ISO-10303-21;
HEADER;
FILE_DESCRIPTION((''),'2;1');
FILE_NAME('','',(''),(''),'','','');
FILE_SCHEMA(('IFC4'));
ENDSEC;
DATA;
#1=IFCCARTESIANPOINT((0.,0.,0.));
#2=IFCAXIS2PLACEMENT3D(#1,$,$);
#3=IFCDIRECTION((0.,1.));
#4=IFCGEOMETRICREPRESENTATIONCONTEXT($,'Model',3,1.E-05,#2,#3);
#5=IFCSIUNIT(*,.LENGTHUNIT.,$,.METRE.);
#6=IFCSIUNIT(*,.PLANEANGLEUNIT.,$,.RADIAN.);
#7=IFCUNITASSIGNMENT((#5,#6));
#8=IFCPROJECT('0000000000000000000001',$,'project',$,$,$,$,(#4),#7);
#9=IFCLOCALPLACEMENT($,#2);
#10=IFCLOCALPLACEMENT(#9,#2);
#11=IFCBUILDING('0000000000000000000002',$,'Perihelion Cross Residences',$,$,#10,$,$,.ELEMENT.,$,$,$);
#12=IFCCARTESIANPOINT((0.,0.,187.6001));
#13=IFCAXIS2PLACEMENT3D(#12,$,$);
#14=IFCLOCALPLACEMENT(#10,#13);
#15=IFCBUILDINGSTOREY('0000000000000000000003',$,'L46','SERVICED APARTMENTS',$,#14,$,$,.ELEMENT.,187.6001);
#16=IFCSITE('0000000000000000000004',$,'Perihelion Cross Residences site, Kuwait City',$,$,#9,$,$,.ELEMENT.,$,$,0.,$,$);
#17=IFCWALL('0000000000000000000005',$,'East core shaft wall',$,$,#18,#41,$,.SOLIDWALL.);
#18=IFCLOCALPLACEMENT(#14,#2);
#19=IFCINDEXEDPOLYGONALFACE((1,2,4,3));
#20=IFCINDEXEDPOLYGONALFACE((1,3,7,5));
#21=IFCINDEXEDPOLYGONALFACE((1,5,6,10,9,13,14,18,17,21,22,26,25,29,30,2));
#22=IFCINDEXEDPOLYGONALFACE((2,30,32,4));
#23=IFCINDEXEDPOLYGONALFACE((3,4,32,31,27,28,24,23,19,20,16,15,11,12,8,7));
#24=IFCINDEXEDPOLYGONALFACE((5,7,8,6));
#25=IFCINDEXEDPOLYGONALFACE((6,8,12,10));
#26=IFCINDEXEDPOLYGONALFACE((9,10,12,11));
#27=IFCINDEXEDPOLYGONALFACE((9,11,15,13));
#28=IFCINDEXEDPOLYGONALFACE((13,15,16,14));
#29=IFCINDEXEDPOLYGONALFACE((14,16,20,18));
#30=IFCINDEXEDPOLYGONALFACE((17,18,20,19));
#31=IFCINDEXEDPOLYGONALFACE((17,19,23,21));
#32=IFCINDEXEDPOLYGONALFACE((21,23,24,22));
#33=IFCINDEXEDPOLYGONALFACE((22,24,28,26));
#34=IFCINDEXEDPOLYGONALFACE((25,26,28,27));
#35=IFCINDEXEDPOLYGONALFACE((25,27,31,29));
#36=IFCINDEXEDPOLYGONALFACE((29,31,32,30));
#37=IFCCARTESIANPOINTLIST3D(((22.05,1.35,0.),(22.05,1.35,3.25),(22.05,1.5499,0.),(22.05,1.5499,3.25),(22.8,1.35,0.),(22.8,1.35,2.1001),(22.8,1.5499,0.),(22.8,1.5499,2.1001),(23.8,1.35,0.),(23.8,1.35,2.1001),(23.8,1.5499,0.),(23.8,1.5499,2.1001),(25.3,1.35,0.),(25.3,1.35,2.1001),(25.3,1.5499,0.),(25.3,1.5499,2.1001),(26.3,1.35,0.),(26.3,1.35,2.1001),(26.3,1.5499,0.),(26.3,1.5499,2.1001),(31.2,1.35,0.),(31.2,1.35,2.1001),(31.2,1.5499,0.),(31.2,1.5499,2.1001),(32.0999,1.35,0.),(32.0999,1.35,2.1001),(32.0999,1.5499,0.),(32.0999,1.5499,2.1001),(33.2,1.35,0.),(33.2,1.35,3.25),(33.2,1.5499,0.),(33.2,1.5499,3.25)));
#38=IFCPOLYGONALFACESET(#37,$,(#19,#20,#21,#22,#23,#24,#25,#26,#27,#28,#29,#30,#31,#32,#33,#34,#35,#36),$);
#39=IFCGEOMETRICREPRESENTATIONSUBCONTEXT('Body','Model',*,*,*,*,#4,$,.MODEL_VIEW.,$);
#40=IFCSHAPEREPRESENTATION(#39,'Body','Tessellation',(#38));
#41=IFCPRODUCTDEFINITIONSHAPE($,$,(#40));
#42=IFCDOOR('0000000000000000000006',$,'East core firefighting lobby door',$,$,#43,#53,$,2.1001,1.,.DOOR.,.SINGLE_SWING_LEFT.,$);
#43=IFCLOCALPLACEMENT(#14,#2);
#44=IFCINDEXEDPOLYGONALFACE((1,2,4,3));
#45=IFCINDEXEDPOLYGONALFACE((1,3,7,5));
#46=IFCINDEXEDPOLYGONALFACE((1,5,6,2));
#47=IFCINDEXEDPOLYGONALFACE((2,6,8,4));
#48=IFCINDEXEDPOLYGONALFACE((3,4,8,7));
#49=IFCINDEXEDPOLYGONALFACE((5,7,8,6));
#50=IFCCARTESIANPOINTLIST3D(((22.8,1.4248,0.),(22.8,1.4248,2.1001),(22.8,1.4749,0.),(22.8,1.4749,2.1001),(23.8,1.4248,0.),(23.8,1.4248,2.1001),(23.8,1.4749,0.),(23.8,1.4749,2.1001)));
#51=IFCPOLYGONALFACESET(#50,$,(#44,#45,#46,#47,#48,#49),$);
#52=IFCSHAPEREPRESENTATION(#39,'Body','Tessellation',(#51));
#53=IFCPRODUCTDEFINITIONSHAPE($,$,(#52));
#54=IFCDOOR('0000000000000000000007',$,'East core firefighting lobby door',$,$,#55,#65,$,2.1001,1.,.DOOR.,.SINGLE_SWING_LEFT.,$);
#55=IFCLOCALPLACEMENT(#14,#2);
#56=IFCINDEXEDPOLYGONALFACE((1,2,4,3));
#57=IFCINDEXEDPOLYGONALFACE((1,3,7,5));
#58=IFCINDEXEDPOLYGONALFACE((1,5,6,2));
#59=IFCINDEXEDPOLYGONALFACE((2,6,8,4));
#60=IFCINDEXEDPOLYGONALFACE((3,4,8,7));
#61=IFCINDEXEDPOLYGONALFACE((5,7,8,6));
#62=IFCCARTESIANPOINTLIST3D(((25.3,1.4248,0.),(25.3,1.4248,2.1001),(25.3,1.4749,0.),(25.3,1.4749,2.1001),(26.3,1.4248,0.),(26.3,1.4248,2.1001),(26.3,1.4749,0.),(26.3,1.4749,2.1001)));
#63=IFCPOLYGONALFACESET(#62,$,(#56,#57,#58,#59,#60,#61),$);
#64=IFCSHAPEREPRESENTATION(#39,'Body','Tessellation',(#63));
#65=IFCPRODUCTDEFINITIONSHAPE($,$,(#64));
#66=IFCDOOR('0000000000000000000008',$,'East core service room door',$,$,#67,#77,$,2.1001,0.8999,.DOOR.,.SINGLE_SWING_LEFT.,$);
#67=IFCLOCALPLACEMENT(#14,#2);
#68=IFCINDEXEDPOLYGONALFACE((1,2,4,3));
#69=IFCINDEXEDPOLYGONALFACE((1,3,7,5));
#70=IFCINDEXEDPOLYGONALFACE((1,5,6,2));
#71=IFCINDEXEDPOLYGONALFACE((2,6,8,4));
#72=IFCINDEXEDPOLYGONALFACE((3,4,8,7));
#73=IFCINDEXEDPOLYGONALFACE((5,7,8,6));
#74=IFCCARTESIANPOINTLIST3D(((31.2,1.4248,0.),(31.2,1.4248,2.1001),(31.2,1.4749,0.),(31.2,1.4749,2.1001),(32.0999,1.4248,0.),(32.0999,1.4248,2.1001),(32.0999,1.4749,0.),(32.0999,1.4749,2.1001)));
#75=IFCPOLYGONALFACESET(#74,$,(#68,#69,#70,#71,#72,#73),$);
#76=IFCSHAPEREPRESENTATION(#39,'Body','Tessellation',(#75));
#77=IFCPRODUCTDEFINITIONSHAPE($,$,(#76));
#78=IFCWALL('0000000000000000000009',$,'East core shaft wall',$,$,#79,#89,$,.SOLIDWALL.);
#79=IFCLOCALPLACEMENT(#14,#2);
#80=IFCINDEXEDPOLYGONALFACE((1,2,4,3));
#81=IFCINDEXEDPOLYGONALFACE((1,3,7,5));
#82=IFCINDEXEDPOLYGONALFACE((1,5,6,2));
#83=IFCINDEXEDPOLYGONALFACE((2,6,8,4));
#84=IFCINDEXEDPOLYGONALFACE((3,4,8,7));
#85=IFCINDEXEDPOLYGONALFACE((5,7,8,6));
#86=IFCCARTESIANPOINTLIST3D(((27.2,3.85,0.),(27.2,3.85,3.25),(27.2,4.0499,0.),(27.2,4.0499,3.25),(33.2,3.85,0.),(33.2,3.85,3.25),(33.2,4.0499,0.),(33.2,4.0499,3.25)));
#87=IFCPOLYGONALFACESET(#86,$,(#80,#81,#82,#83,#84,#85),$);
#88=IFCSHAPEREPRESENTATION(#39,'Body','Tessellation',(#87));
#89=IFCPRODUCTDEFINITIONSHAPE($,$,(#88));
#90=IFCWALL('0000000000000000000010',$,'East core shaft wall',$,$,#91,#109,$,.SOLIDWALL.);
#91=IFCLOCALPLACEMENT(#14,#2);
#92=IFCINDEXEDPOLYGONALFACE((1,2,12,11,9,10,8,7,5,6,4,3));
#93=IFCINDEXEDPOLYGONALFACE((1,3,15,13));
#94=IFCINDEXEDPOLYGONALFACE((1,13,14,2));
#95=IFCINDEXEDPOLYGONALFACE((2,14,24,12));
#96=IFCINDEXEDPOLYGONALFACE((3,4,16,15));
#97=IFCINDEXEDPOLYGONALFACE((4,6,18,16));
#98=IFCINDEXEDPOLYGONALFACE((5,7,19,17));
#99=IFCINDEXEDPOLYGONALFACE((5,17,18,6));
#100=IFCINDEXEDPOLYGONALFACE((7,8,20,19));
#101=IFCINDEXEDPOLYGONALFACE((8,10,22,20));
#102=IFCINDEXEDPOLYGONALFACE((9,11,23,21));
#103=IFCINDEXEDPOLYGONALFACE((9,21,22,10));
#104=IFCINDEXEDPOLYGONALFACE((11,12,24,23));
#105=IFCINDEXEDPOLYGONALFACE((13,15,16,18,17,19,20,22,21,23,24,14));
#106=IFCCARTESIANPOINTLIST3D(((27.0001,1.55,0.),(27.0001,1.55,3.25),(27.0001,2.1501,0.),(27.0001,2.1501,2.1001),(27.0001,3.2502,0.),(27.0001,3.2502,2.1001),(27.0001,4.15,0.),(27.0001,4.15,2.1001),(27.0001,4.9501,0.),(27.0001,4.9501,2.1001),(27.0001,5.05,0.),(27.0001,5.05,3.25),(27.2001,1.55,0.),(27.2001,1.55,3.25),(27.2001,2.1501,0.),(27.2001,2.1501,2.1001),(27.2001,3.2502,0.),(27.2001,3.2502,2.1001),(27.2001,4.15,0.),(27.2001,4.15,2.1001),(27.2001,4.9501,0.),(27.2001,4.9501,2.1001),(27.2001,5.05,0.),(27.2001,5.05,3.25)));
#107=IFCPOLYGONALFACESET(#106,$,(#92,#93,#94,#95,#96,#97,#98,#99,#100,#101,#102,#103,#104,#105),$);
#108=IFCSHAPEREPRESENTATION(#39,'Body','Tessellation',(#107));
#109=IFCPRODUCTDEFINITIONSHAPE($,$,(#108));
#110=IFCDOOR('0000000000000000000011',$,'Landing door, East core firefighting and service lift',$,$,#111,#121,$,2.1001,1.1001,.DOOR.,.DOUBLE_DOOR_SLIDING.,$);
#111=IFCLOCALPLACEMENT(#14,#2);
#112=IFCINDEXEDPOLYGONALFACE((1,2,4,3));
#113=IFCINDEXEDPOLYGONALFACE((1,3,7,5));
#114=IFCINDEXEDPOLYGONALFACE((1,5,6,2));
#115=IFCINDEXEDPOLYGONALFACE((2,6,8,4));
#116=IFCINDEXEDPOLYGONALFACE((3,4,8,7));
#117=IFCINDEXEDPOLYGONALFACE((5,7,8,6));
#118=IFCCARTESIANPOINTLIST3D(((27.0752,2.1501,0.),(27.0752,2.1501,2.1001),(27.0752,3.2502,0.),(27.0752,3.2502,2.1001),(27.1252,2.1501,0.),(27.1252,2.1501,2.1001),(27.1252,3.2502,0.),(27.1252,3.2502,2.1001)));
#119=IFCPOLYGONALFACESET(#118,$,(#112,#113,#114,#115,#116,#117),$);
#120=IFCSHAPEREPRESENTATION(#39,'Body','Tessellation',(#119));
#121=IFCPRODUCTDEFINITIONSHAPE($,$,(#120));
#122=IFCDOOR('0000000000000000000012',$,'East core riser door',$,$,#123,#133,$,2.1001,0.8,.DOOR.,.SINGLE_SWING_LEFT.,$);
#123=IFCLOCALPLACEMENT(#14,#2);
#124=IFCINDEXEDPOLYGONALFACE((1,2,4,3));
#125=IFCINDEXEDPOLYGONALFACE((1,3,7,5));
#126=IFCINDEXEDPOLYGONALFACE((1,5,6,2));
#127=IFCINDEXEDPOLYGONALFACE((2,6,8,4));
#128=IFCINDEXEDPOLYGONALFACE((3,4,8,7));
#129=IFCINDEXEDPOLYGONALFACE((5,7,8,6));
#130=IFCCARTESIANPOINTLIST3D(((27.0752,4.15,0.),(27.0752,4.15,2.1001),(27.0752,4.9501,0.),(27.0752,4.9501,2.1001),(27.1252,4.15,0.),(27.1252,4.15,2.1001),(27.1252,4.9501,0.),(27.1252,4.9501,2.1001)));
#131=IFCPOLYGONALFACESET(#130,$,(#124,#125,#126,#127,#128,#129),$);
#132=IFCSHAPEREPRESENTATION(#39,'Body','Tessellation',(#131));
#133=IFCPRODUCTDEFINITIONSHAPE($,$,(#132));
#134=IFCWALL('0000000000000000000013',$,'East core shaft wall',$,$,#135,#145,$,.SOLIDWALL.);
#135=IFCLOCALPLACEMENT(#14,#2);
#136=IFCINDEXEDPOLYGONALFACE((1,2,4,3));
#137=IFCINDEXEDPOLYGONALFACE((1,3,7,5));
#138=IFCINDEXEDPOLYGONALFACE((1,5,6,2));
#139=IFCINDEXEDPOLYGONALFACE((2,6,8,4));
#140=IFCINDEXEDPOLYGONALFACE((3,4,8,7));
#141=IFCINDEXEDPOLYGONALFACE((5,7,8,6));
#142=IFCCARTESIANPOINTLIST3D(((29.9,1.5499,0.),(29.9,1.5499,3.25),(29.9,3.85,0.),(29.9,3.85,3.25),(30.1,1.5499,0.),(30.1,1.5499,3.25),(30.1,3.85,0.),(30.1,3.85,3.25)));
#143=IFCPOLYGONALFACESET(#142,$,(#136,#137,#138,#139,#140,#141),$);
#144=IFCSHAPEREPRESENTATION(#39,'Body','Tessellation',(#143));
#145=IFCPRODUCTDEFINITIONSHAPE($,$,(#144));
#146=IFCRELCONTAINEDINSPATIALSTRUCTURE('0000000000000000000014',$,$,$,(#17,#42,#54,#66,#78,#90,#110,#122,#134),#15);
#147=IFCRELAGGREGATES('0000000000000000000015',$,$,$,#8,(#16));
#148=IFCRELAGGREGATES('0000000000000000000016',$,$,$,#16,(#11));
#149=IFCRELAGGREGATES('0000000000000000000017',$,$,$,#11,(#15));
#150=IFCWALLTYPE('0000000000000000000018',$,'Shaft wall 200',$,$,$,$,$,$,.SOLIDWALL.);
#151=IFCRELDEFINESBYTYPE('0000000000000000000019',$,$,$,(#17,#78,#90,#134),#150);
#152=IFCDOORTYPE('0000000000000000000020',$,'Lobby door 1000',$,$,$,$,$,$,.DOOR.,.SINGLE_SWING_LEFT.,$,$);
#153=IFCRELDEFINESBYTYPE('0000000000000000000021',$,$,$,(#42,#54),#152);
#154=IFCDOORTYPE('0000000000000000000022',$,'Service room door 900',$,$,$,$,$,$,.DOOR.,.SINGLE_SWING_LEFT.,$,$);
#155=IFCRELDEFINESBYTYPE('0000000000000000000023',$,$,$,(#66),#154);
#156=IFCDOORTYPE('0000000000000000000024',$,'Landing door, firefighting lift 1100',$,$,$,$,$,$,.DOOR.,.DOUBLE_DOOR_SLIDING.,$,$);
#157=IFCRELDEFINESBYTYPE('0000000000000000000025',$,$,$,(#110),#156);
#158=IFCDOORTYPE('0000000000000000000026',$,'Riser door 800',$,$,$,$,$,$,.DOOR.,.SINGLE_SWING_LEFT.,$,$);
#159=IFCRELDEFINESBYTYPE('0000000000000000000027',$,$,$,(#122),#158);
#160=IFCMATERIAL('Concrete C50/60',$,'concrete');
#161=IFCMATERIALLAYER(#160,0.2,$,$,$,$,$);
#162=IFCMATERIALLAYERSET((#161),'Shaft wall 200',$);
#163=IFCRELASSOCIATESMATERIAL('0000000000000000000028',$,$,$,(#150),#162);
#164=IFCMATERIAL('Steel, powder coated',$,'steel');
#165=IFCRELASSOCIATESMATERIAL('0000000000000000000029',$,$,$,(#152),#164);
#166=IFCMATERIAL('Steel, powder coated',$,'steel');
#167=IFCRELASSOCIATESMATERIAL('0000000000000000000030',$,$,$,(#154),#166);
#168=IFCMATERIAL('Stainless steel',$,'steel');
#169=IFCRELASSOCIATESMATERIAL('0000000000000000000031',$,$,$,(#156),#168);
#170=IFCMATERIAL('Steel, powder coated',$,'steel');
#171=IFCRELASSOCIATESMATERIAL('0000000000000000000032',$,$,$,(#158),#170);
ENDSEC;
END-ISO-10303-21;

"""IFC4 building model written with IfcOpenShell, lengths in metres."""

from ifc_helpers import new_model, si_unit, direction, frame, frame_2d, origin, place, context, subcontext, project, spatial, rectangle, extrude, material, layer, layer_set, type_object, element, fill, save


model = new_model("IFC4")

# Units and contexts
model_context = context("Model", 3, precision=1e-05, world=origin(), true_north=direction((0.0, 1.0)))
body_context = subcontext(model_context, "Body", "Model", "MODEL_VIEW")
ifc_project = project(units=[si_unit("LENGTHUNIT", "METRE"), si_unit("PLANEANGLEUNIT", "RADIAN")], contexts=[model_context])

# Site, building, storey
site_placement = place(None, origin())
site = spatial("IfcSite", under=ifc_project, at=site_placement, Name="Perihelion Cross Residences site, Kuwait City", CompositionType="ELEMENT", RefElevation=0.0)
building_placement = place(site_placement, origin())
building = spatial("IfcBuilding", under=site, at=building_placement, Name="Perihelion Cross Residences", CompositionType="ELEMENT")
storey_placement = place(building_placement, frame((0.0, 0.0, 187.6001)))
storey = spatial("IfcBuildingStorey", under=building, at=storey_placement, Name="L46", Description="SERVICED APARTMENTS", CompositionType="ELEMENT", Elevation=187.6001)

# Wall, openings, doors
ifc_material_1 = material(Name="Concrete C50/60", Category="concrete")
ifc_layer_1 = layer(ifc_material_1, 0.2)
ifc_layer_set_1 = layer_set([ifc_layer_1], Name="Shaft wall 200")
wall_type_1 = type_object("IfcWallType", Name="Shaft wall 200", PredefinedType="SOLIDWALL", material=ifc_layer_set_1)
wall_1_placement = place(storey_placement, frame((22.05, 1.45, 0.0), z_axis=(0.0, 0.0, 1.0), x_axis=(1.0, 0.0, 0.0)))
wall_1 = element("IfcWall", 1, at=wall_1_placement, inside=storey, type_object=wall_type_1, Name="East core shaft wall", PredefinedType="SOLIDWALL", context=body_context, shape_type="SweptSolid", body=[
    extrude(rectangle(XDim=11.1499, YDim=0.2, at=frame_2d((5.575, 0.0))), origin(), (0.0, 0.0, 1.0), 3.25),
])
opening_1_placement = place(wall_1_placement, frame((0.75, 0.0, 0.0)))
opening_1 = element("IfcOpeningElement", 2, at=opening_1_placement, cuts=wall_1, PredefinedType="OPENING", context=body_context, shape_type="SweptSolid", body=[
    extrude(rectangle(XDim=1.0, YDim=2.1001, at=frame_2d((0.5, 1.05))), frame((0.0, 0.1099, 0.0), z_axis=(0.0, -1.0, 0.0), x_axis=(1.0, 0.0, 0.0)), (0.0, 0.0, 1.0), 0.22),
])
opening_2_placement = place(wall_1_placement, frame((3.25, 0.0, 0.0)))
opening_2 = element("IfcOpeningElement", 3, at=opening_2_placement, cuts=wall_1, PredefinedType="OPENING", context=body_context, shape_type="SweptSolid", body=[
    extrude(rectangle(XDim=1.0, YDim=2.1001, at=frame_2d((0.5, 1.05))), frame((0.0, 0.1099, 0.0), z_axis=(0.0, -1.0, 0.0), x_axis=(1.0, 0.0, 0.0)), (0.0, 0.0, 1.0), 0.22),
])
opening_3_placement = place(wall_1_placement, frame((9.1499, 0.0, 0.0)))
opening_3 = element("IfcOpeningElement", 4, at=opening_3_placement, cuts=wall_1, PredefinedType="OPENING", context=body_context, shape_type="SweptSolid", body=[
    extrude(rectangle(XDim=0.8999, YDim=2.1001, at=frame_2d((0.45, 1.05))), frame((0.0, 0.1099, 0.0), z_axis=(0.0, -1.0, 0.0), x_axis=(1.0, 0.0, 0.0)), (0.0, 0.0, 1.0), 0.22),
])
ifc_material_2 = material(Name="Steel, powder coated", Category="steel")
door_type_1 = type_object("IfcDoorType", Name="Lobby door 1000", OperationType="SINGLE_SWING_LEFT", PredefinedType="DOOR", material=ifc_material_2)
door_1_placement = place(opening_1_placement, origin())
door_1 = element("IfcDoor", 5, at=door_1_placement, inside=storey, type_object=door_type_1, Name="East core firefighting lobby door", OperationType="SINGLE_SWING_LEFT", OverallHeight=2.1001, OverallWidth=1.0, PredefinedType="DOOR", context=body_context, shape_type="SweptSolid", body=[
    extrude(rectangle(XDim=1.0, YDim=2.1001, at=frame_2d((0.5, 1.05))), frame((0.0, 0.0249, 0.0), z_axis=(0.0, -1.0, 0.0), x_axis=(1.0, 0.0, 0.0)), (0.0, 0.0, 1.0), 0.05),
])
fill(opening_1, door_1)
door_2_placement = place(opening_2_placement, origin())
door_2 = element("IfcDoor", 6, at=door_2_placement, inside=storey, type_object=door_type_1, Name="East core firefighting lobby door", OperationType="SINGLE_SWING_LEFT", OverallHeight=2.1001, OverallWidth=1.0, PredefinedType="DOOR", context=body_context, shape_type="SweptSolid", body=[
    extrude(rectangle(XDim=1.0, YDim=2.1001, at=frame_2d((0.5, 1.05))), frame((0.0, 0.0249, 0.0), z_axis=(0.0, -1.0, 0.0), x_axis=(1.0, 0.0, 0.0)), (0.0, 0.0, 1.0), 0.05),
])
fill(opening_2, door_2)
ifc_material_3 = material(Name="Steel, powder coated", Category="steel")
door_type_2 = type_object("IfcDoorType", Name="Service room door 900", OperationType="SINGLE_SWING_LEFT", PredefinedType="DOOR", material=ifc_material_3)
door_3_placement = place(opening_3_placement, origin())
door_3 = element("IfcDoor", 7, at=door_3_placement, inside=storey, type_object=door_type_2, Name="East core service room door", OperationType="SINGLE_SWING_LEFT", OverallHeight=2.1001, OverallWidth=0.8999, PredefinedType="DOOR", context=body_context, shape_type="SweptSolid", body=[
    extrude(rectangle(XDim=0.8999, YDim=2.1001, at=frame_2d((0.45, 1.05))), frame((0.0, 0.0249, 0.0), z_axis=(0.0, -1.0, 0.0), x_axis=(1.0, 0.0, 0.0)), (0.0, 0.0, 1.0), 0.05),
])
fill(opening_3, door_3)

# Wall
wall_2_placement = place(storey_placement, frame((27.2, 3.95, 0.0), z_axis=(0.0, 0.0, 1.0), x_axis=(1.0, 0.0, 0.0)))
element("IfcWall", 8, at=wall_2_placement, inside=storey, type_object=wall_type_1, Name="East core shaft wall", PredefinedType="SOLIDWALL", context=body_context, shape_type="SweptSolid", body=[
    extrude(rectangle(XDim=6.0, YDim=0.2, at=frame_2d((3.0, 0.0))), origin(), (0.0, 0.0, 1.0), 3.25),
])

# Wall, openings, doors
wall_3_placement = place(storey_placement, frame((27.1001, 1.55, 0.0), z_axis=(0.0, 0.0, 1.0), x_axis=(0.0, 1.0, 0.0)))
wall_3 = element("IfcWall", 9, at=wall_3_placement, inside=storey, type_object=wall_type_1, Name="East core shaft wall", PredefinedType="SOLIDWALL", context=body_context, shape_type="SweptSolid", body=[
    extrude(rectangle(XDim=3.5, YDim=0.2, at=frame_2d((1.75, 0.0))), origin(), (0.0, 0.0, 1.0), 3.25),
])
opening_4_placement = place(wall_3_placement, frame((0.6001, 0.0, 0.0)))
opening_4 = element("IfcOpeningElement", 10, at=opening_4_placement, cuts=wall_3, PredefinedType="OPENING", context=body_context, shape_type="SweptSolid", body=[
    extrude(rectangle(XDim=1.1001, YDim=2.1001, at=frame_2d((0.55, 1.05))), frame((0.0, 0.1099, 0.0), z_axis=(0.0, -1.0, 0.0), x_axis=(1.0, 0.0, 0.0)), (0.0, 0.0, 1.0), 0.22),
])
opening_5_placement = place(wall_3_placement, frame((2.6001, 0.0, 0.0)))
opening_5 = element("IfcOpeningElement", 11, at=opening_5_placement, cuts=wall_3, PredefinedType="OPENING", context=body_context, shape_type="SweptSolid", body=[
    extrude(rectangle(XDim=0.8, YDim=2.1001, at=frame_2d((0.3999, 1.05))), frame((0.0, 0.1099, 0.0), z_axis=(0.0, -1.0, 0.0), x_axis=(1.0, 0.0, 0.0)), (0.0, 0.0, 1.0), 0.22),
])
ifc_material_4 = material(Name="Stainless steel", Category="steel")
door_type_3 = type_object("IfcDoorType", Name="Landing door, firefighting lift 1100", OperationType="DOUBLE_DOOR_SLIDING", PredefinedType="DOOR", material=ifc_material_4)
door_4_placement = place(opening_4_placement, origin())
door_4 = element("IfcDoor", 12, at=door_4_placement, inside=storey, type_object=door_type_3, Name="Landing door, East core firefighting and service lift", OperationType="DOUBLE_DOOR_SLIDING", OverallHeight=2.1001, OverallWidth=1.1001, PredefinedType="DOOR", context=body_context, shape_type="SweptSolid", body=[
    extrude(rectangle(XDim=1.1001, YDim=2.1001, at=frame_2d((0.55, 1.05))), frame((0.0, 0.0249, 0.0), z_axis=(0.0, -1.0, 0.0), x_axis=(1.0, 0.0, 0.0)), (0.0, 0.0, 1.0), 0.05),
])
fill(opening_4, door_4)
ifc_material_5 = material(Name="Steel, powder coated", Category="steel")
door_type_4 = type_object("IfcDoorType", Name="Riser door 800", OperationType="SINGLE_SWING_LEFT", PredefinedType="DOOR", material=ifc_material_5)
door_5_placement = place(opening_5_placement, origin())
door_5 = element("IfcDoor", 13, at=door_5_placement, inside=storey, type_object=door_type_4, Name="East core riser door", OperationType="SINGLE_SWING_LEFT", OverallHeight=2.1001, OverallWidth=0.8, PredefinedType="DOOR", context=body_context, shape_type="SweptSolid", body=[
    extrude(rectangle(XDim=0.8, YDim=2.1001, at=frame_2d((0.3999, 1.05))), frame((0.0, 0.0249, 0.0), z_axis=(0.0, -1.0, 0.0), x_axis=(1.0, 0.0, 0.0)), (0.0, 0.0, 1.0), 0.05),
])
fill(opening_5, door_5)

# Wall
wall_4_placement = place(storey_placement, frame((30.0, 1.55, 0.0), z_axis=(0.0, 0.0, 1.0), x_axis=(0.0, 1.0, 0.0)))
element("IfcWall", 14, at=wall_4_placement, inside=storey, type_object=wall_type_1, Name="East core shaft wall", PredefinedType="SOLIDWALL", context=body_context, shape_type="SweptSolid", body=[
    extrude(rectangle(XDim=2.3, YDim=0.2, at=frame_2d((1.1499, 0.0))), origin(), (0.0, 0.0, 1.0), 3.25),
])

save(model, "model.ifc")
